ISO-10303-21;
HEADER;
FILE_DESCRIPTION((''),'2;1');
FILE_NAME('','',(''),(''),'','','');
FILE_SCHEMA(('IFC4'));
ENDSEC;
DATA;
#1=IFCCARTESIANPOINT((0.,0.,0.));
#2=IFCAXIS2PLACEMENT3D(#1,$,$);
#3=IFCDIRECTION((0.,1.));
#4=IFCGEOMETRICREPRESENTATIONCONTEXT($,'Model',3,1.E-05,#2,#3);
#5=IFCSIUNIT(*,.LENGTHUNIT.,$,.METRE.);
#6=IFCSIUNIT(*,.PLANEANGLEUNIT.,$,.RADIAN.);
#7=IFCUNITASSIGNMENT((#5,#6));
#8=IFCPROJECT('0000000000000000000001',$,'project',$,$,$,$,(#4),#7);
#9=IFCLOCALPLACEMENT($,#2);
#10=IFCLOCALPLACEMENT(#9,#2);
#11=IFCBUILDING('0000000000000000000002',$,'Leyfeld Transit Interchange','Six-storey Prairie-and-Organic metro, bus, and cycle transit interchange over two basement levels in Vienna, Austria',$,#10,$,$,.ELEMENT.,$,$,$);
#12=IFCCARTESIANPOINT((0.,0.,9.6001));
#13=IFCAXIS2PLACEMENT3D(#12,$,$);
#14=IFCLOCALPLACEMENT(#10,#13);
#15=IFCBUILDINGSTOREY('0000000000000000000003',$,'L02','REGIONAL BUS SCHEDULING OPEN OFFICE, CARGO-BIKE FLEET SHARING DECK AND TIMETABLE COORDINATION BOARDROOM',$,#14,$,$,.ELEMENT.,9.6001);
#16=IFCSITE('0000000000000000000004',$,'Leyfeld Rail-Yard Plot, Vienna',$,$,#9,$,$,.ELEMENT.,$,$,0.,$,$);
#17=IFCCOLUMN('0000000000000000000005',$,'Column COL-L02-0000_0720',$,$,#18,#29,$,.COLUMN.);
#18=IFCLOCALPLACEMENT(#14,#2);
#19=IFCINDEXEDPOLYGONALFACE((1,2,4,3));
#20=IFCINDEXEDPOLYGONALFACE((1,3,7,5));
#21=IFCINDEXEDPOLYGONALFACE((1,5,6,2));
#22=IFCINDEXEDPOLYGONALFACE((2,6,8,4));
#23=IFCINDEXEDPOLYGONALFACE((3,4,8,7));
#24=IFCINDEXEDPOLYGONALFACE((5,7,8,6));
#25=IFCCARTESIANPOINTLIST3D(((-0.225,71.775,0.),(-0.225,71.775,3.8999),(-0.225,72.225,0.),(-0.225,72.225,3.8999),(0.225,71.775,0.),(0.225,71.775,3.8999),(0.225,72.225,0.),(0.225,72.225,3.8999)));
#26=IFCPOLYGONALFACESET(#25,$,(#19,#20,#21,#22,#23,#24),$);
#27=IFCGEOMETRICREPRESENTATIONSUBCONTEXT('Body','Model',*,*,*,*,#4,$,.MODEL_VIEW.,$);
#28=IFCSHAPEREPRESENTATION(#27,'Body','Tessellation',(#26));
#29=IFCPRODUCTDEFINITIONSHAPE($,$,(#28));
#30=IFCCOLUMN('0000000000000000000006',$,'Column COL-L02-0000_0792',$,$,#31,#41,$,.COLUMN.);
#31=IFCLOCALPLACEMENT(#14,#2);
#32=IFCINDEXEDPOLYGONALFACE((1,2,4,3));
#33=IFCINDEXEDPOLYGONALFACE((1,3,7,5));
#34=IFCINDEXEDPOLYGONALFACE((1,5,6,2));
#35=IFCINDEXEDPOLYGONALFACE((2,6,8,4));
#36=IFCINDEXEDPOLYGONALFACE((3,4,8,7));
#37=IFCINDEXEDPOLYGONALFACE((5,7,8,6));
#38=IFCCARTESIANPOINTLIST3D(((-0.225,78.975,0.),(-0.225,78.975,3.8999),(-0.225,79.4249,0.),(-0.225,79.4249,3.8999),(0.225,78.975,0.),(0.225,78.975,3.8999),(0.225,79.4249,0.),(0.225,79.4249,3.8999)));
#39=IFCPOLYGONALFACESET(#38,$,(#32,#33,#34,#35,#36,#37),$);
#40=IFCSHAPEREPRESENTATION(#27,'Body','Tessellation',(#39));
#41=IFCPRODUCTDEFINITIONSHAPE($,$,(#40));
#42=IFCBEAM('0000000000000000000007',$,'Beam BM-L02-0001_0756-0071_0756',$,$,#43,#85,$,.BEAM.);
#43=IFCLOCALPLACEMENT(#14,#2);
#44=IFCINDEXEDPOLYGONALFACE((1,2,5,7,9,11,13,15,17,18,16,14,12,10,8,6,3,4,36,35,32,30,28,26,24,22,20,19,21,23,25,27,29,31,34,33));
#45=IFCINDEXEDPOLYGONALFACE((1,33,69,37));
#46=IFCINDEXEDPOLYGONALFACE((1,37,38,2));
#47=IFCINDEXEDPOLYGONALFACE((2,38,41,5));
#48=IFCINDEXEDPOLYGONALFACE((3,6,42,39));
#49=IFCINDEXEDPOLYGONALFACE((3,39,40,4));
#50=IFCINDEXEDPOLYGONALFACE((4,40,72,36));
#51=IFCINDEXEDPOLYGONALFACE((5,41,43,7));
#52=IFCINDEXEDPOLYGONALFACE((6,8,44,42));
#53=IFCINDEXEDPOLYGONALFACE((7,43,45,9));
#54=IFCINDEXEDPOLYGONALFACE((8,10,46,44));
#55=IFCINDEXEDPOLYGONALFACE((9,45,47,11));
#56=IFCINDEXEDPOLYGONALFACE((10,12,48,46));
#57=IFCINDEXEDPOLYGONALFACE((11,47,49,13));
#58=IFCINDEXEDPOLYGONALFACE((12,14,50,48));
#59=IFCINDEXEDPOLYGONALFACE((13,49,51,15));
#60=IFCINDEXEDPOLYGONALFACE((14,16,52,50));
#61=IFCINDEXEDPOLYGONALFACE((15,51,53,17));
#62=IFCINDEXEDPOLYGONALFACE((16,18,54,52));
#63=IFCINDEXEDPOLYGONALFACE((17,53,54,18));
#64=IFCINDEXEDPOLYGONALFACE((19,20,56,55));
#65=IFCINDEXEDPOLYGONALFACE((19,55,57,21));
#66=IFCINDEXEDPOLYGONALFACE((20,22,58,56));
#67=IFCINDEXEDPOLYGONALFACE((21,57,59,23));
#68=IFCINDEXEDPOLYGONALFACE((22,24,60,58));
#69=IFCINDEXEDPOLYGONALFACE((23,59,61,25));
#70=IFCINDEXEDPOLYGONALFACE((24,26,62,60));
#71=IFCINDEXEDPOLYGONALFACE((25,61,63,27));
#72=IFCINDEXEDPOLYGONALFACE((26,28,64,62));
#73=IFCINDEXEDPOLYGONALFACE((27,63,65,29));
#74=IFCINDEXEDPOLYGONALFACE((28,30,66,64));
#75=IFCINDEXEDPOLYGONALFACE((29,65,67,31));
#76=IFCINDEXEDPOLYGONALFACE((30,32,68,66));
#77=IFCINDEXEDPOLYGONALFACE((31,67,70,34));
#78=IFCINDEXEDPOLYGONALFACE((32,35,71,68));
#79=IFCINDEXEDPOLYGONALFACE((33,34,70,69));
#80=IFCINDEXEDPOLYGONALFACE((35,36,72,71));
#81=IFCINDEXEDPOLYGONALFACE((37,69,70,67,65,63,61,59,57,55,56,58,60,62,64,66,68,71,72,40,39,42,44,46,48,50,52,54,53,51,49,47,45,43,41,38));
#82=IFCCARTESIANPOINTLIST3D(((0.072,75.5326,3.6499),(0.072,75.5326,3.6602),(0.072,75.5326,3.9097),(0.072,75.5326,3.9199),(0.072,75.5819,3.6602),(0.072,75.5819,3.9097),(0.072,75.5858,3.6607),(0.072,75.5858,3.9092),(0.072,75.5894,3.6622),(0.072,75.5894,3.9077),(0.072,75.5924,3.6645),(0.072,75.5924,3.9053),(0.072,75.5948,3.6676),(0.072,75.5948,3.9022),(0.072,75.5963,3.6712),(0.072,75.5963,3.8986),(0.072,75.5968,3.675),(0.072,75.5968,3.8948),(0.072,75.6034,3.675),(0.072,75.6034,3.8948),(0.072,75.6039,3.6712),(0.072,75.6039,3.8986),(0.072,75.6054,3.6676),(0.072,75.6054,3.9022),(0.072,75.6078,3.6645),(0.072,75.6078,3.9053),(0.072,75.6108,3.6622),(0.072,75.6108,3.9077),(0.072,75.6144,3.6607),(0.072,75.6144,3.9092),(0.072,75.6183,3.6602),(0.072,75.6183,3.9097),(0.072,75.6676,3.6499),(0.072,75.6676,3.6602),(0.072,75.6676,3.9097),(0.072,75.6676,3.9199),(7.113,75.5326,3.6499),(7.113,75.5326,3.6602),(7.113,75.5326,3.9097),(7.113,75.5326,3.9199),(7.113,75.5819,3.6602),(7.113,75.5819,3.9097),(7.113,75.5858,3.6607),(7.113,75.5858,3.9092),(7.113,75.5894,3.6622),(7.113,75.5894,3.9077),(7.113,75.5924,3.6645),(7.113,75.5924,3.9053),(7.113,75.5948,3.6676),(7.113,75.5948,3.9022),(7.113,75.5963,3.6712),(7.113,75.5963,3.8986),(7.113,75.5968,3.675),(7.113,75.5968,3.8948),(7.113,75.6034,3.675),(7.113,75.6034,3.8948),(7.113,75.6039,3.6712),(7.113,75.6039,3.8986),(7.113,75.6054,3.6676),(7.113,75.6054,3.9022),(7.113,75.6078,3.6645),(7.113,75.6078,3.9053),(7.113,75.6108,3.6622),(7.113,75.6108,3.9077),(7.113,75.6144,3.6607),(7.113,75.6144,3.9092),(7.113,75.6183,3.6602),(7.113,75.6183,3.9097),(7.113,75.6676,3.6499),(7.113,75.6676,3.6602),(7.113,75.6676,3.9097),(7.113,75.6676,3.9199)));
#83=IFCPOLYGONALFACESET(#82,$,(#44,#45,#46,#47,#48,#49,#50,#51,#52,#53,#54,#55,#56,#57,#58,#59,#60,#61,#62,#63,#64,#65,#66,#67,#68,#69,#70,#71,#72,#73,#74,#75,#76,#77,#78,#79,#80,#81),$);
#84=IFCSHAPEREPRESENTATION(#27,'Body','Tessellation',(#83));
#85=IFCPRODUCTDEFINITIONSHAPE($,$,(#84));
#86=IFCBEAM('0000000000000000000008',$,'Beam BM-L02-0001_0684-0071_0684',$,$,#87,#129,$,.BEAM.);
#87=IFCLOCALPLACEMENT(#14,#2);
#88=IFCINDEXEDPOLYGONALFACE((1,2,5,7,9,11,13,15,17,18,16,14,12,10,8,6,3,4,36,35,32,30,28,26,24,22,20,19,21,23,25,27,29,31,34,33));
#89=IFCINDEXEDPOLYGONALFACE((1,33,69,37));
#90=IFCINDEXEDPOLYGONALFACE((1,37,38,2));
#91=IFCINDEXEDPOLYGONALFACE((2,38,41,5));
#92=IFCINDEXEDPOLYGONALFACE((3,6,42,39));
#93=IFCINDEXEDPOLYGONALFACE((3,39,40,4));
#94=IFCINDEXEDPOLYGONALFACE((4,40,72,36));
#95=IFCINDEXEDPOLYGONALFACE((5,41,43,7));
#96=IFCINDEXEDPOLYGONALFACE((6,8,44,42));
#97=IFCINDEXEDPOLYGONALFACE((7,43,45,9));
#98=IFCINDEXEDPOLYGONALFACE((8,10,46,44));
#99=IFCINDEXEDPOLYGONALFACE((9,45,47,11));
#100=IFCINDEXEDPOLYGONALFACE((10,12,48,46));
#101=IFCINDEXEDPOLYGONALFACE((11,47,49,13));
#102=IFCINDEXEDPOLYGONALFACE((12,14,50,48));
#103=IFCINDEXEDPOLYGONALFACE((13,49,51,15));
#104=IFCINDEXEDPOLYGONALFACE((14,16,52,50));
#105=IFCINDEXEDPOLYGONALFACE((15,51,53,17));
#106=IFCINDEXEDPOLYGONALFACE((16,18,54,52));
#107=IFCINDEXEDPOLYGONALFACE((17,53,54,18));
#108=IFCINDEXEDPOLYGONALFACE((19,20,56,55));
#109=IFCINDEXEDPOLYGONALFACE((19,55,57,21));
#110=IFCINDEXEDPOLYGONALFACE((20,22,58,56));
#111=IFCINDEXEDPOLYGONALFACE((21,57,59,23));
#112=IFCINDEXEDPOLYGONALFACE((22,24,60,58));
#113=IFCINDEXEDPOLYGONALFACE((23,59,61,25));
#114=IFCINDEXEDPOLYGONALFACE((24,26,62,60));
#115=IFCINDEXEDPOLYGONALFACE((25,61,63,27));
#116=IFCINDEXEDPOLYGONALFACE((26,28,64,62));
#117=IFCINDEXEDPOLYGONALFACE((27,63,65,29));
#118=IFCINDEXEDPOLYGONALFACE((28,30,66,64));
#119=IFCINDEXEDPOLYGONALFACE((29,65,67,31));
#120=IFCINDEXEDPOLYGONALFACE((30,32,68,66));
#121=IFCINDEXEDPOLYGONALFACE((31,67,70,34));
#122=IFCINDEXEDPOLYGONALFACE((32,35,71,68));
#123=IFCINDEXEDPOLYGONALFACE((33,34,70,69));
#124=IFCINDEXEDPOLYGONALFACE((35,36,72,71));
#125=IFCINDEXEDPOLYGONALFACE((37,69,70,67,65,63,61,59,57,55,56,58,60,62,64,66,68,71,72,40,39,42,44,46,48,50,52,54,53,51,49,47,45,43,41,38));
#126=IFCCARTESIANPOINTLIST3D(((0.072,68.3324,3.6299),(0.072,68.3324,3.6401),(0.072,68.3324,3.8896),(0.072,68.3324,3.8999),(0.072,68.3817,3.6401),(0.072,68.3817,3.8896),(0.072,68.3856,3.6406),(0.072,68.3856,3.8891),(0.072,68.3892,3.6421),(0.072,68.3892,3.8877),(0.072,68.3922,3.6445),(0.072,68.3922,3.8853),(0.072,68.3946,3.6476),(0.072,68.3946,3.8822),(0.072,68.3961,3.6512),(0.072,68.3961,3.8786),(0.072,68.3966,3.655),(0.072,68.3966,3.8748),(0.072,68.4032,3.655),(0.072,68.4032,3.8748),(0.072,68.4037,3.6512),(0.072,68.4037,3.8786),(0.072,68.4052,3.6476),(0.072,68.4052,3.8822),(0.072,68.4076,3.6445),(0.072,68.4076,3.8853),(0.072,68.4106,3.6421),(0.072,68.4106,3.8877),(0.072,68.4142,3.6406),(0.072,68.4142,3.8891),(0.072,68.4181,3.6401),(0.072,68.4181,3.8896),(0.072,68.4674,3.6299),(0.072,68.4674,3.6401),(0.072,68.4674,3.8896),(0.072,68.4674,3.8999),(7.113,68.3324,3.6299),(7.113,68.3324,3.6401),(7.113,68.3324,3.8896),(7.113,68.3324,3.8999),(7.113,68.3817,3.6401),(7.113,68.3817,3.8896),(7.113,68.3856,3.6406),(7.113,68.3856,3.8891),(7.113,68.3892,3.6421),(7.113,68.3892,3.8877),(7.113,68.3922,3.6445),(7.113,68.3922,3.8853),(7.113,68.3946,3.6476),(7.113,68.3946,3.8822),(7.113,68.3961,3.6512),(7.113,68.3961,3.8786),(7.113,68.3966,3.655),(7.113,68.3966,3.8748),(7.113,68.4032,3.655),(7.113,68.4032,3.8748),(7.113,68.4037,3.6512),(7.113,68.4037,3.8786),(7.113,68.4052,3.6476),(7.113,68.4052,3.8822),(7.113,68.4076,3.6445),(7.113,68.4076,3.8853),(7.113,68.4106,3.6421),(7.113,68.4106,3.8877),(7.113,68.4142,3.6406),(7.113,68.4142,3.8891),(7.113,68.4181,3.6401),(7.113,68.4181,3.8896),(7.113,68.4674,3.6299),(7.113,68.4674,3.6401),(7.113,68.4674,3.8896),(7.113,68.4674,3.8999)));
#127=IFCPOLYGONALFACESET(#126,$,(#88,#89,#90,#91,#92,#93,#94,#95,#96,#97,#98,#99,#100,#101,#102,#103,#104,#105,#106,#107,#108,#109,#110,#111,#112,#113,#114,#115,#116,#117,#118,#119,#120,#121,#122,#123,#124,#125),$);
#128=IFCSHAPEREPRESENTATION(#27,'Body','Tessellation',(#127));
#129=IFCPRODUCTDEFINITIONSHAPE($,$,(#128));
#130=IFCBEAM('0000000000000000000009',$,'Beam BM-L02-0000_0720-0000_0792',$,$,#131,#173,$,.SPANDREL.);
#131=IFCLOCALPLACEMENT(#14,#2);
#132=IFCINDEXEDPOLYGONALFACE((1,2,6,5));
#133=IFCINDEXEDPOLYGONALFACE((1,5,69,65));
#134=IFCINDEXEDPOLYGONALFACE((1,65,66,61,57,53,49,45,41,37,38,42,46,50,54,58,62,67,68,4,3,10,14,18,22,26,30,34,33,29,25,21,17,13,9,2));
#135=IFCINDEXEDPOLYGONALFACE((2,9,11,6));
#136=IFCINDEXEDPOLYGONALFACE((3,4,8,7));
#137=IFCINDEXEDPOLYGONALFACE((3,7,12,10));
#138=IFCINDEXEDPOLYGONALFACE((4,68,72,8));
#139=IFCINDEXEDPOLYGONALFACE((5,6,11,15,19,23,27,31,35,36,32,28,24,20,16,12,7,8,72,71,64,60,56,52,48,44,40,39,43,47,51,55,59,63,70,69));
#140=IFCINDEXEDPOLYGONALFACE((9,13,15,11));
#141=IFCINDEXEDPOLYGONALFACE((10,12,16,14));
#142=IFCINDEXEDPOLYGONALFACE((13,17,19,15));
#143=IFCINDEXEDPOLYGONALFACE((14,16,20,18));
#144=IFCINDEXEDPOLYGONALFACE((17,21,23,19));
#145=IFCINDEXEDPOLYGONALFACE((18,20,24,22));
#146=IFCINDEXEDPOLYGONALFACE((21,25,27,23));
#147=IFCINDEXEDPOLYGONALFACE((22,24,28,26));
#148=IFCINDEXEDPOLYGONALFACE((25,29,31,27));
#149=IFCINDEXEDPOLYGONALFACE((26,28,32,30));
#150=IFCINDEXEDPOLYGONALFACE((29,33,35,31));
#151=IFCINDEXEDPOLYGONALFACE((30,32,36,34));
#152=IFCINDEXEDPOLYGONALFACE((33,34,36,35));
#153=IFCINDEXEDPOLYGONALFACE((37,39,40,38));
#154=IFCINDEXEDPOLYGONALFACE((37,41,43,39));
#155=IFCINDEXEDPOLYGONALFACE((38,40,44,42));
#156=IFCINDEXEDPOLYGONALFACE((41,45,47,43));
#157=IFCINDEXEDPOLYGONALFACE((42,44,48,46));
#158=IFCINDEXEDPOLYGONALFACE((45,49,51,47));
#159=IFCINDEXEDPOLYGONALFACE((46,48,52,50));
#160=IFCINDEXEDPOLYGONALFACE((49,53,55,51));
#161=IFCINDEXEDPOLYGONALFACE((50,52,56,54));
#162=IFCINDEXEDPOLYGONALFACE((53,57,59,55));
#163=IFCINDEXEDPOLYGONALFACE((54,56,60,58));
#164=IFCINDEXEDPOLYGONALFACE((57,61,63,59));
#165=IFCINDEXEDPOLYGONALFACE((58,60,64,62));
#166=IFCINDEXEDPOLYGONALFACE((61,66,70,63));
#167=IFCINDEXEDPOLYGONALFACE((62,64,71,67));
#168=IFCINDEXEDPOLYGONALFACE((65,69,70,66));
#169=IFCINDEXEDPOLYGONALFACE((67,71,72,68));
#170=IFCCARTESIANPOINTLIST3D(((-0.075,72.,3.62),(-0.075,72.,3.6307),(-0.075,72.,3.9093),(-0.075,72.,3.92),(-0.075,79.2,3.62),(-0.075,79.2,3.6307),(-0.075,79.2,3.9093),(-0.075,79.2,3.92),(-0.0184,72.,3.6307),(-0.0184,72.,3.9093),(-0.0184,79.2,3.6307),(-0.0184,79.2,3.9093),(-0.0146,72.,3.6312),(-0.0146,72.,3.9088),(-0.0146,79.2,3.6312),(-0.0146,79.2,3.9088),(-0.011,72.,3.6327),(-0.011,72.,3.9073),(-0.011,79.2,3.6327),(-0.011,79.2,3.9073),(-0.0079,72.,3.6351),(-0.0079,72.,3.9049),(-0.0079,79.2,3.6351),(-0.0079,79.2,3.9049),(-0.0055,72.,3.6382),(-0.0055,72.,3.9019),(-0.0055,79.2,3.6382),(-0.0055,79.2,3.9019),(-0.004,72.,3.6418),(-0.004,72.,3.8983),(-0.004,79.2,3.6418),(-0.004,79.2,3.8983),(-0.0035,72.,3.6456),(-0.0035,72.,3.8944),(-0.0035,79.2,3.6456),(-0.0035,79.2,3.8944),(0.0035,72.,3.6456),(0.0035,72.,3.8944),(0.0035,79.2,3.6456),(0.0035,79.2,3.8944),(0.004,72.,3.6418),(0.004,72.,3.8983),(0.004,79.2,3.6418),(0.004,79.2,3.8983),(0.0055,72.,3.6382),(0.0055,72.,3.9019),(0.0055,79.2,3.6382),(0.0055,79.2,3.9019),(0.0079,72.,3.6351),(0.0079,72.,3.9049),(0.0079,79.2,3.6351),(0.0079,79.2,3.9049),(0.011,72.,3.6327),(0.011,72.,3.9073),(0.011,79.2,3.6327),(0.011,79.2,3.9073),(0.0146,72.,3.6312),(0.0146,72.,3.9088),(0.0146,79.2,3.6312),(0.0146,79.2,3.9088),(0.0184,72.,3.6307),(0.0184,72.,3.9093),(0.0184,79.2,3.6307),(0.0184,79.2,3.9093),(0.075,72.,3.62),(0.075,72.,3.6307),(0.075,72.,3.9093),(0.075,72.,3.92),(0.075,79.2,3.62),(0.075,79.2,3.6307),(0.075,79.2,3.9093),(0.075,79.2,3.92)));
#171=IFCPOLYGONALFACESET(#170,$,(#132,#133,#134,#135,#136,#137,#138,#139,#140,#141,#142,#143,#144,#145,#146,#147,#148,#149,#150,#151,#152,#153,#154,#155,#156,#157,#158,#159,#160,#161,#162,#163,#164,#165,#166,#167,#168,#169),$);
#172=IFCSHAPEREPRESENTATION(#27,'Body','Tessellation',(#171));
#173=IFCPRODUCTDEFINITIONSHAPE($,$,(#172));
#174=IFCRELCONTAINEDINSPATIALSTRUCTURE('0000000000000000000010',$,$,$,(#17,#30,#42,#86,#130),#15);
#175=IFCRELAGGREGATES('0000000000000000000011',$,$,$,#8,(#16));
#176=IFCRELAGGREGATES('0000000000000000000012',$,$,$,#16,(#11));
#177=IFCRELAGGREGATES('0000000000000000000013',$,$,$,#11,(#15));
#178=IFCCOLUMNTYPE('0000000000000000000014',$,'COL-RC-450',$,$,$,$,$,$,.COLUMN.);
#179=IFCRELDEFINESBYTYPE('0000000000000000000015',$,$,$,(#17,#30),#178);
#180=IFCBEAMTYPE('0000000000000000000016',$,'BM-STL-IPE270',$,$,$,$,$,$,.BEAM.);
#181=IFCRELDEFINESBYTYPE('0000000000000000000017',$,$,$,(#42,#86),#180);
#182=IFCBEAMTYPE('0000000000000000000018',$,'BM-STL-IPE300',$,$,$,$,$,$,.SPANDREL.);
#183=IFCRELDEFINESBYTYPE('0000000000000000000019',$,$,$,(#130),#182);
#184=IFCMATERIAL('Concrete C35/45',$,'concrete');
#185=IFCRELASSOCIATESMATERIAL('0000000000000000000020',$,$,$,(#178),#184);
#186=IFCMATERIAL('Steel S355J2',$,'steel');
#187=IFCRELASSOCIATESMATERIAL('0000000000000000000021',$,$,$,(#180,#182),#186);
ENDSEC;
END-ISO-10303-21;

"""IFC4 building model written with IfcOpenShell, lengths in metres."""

from ifc_helpers import new_model, si_unit, direction, frame, origin, origin_2d, place, context, subcontext, project, spatial, rectangle, i_section, extrude, material, material_profile, profile_set, type_object, element, save


model = new_model("IFC4")

# Units and contexts
model_context = context("Model", 3, precision=1e-05, world=origin(), true_north=direction((0.0, 1.0)))
body_context = subcontext(model_context, "Body", "Model", "MODEL_VIEW")
ifc_project = project(units=[si_unit("LENGTHUNIT", "METRE"), si_unit("PLANEANGLEUNIT", "RADIAN")], contexts=[model_context])

# Site, building, storey
site_placement = place(None, origin())
site = spatial("IfcSite", under=ifc_project, at=site_placement, Name="Leyfeld Rail-Yard Plot, Vienna", CompositionType="ELEMENT", RefElevation=0.0)
building_placement = place(site_placement, origin())
building = spatial("IfcBuilding", under=site, at=building_placement, Name="Leyfeld Transit Interchange", Description="Six-storey Prairie-and-Organic metro, bus, and cycle transit interchange over two basement levels in Vienna, Austria", CompositionType="ELEMENT")
storey_placement = place(building_placement, frame((0.0, 0.0, 9.6001)))
storey = spatial("IfcBuildingStorey", under=building, at=storey_placement, Name="L02", Description="REGIONAL BUS SCHEDULING OPEN OFFICE, CARGO-BIKE FLEET SHARING DECK AND TIMETABLE COORDINATION BOARDROOM", CompositionType="ELEMENT", Elevation=9.6001)

# Columns
ifc_material_1 = material(Name="Concrete C35/45", Category="concrete")
ifc_material_profile_1 = material_profile(ifc_material_1, rectangle(XDim=0.45, YDim=0.45, at=origin_2d()), Name="RC 450x450")
ifc_profile_set_1 = profile_set([ifc_material_profile_1], Name="Concrete C35/45")
column_type = type_object("IfcColumnType", Name="COL-RC-450", PredefinedType="COLUMN", material=ifc_profile_set_1)
for number, where, z_axis, x_axis, name in (
    (1, (0.0, 72.0, 0.0), (0.0, 0.0, 1.0), (0.0, 1.0, 0.0), "Column COL-L02-0000_0720"),
    (2, (0.0, 79.2, 0.0), (0.0, 0.0, 1.0), (0.0, 1.0, 0.0), "Column COL-L02-0000_0792"),
):
    element("IfcColumn", number, at=place(storey_placement, frame(where, z_axis=z_axis, x_axis=x_axis)), inside=storey, type_object=column_type, Name=name, PredefinedType="COLUMN", context=body_context, shape_type="SweptSolid", body=[
        extrude(rectangle(XDim=0.45, YDim=0.45, at=origin_2d()), origin(), (0.0, 0.0, 1.0), 3.8999),
    ])

# Beams
ifc_material_2 = material(Name="Steel S355J2", Category="steel")
ifc_material_profile_2 = material_profile(ifc_material_2, i_section(OverallWidth=0.135, OverallDepth=0.27, WebThickness=0.0066, FlangeThickness=0.0103, FilletRadius=0.0149, at=origin_2d()), Name="IPE 270")
ifc_profile_set_2 = profile_set([ifc_material_profile_2], Name="Steel S355J2")
beam_type_1 = type_object("IfcBeamType", Name="BM-STL-IPE270", PredefinedType="BEAM", material=ifc_profile_set_2)
for number, where, z_axis, x_axis, name in (
    (3, (0.072, 75.6001, 3.7849), (1.0, 0.0, 0.0), (0.0, 1.0, 0.0), "Beam BM-L02-0001_0756-0071_0756"),
    (4, (0.072, 68.3999, 3.7649), (1.0, 0.0, 0.0), (0.0, 1.0, 0.0), "Beam BM-L02-0001_0684-0071_0684"),
):
    element("IfcBeam", number, at=place(storey_placement, frame(where, z_axis=z_axis, x_axis=x_axis)), inside=storey, type_object=beam_type_1, Name=name, PredefinedType="BEAM", context=body_context, shape_type="SweptSolid", body=[
        extrude(i_section(OverallWidth=0.135, OverallDepth=0.27, WebThickness=0.0066, FlangeThickness=0.0103, FilletRadius=0.0149, at=origin_2d()), origin(), (0.0, 0.0, 1.0), 7.041),
    ])
ifc_material_profile_3 = material_profile(ifc_material_2, i_section(OverallWidth=0.1499, OverallDepth=0.3, WebThickness=0.0071, FlangeThickness=0.0107, FilletRadius=0.0149, at=origin_2d()), Name="IPE 300")
ifc_profile_set_3 = profile_set([ifc_material_profile_3], Name="Steel S355J2")
beam_type_2 = type_object("IfcBeamType", Name="BM-STL-IPE300", PredefinedType="SPANDREL", material=ifc_profile_set_3)
for number, where, z_axis, x_axis, name in (
    (5, (0.0, 72.0, 3.77), (0.0, 1.0, 0.0), (-1.0, 0.0, 0.0), "Beam BM-L02-0000_0720-0000_0792"),
):
    element("IfcBeam", number, at=place(storey_placement, frame(where, z_axis=z_axis, x_axis=x_axis)), inside=storey, type_object=beam_type_2, Name=name, PredefinedType="SPANDREL", context=body_context, shape_type="SweptSolid", body=[
        extrude(i_section(OverallWidth=0.1499, OverallDepth=0.3, WebThickness=0.0071, FlangeThickness=0.0107, FilletRadius=0.0149, at=origin_2d()), origin(), (0.0, 0.0, 1.0), 7.2),
    ])

save(model, "model.ifc")
